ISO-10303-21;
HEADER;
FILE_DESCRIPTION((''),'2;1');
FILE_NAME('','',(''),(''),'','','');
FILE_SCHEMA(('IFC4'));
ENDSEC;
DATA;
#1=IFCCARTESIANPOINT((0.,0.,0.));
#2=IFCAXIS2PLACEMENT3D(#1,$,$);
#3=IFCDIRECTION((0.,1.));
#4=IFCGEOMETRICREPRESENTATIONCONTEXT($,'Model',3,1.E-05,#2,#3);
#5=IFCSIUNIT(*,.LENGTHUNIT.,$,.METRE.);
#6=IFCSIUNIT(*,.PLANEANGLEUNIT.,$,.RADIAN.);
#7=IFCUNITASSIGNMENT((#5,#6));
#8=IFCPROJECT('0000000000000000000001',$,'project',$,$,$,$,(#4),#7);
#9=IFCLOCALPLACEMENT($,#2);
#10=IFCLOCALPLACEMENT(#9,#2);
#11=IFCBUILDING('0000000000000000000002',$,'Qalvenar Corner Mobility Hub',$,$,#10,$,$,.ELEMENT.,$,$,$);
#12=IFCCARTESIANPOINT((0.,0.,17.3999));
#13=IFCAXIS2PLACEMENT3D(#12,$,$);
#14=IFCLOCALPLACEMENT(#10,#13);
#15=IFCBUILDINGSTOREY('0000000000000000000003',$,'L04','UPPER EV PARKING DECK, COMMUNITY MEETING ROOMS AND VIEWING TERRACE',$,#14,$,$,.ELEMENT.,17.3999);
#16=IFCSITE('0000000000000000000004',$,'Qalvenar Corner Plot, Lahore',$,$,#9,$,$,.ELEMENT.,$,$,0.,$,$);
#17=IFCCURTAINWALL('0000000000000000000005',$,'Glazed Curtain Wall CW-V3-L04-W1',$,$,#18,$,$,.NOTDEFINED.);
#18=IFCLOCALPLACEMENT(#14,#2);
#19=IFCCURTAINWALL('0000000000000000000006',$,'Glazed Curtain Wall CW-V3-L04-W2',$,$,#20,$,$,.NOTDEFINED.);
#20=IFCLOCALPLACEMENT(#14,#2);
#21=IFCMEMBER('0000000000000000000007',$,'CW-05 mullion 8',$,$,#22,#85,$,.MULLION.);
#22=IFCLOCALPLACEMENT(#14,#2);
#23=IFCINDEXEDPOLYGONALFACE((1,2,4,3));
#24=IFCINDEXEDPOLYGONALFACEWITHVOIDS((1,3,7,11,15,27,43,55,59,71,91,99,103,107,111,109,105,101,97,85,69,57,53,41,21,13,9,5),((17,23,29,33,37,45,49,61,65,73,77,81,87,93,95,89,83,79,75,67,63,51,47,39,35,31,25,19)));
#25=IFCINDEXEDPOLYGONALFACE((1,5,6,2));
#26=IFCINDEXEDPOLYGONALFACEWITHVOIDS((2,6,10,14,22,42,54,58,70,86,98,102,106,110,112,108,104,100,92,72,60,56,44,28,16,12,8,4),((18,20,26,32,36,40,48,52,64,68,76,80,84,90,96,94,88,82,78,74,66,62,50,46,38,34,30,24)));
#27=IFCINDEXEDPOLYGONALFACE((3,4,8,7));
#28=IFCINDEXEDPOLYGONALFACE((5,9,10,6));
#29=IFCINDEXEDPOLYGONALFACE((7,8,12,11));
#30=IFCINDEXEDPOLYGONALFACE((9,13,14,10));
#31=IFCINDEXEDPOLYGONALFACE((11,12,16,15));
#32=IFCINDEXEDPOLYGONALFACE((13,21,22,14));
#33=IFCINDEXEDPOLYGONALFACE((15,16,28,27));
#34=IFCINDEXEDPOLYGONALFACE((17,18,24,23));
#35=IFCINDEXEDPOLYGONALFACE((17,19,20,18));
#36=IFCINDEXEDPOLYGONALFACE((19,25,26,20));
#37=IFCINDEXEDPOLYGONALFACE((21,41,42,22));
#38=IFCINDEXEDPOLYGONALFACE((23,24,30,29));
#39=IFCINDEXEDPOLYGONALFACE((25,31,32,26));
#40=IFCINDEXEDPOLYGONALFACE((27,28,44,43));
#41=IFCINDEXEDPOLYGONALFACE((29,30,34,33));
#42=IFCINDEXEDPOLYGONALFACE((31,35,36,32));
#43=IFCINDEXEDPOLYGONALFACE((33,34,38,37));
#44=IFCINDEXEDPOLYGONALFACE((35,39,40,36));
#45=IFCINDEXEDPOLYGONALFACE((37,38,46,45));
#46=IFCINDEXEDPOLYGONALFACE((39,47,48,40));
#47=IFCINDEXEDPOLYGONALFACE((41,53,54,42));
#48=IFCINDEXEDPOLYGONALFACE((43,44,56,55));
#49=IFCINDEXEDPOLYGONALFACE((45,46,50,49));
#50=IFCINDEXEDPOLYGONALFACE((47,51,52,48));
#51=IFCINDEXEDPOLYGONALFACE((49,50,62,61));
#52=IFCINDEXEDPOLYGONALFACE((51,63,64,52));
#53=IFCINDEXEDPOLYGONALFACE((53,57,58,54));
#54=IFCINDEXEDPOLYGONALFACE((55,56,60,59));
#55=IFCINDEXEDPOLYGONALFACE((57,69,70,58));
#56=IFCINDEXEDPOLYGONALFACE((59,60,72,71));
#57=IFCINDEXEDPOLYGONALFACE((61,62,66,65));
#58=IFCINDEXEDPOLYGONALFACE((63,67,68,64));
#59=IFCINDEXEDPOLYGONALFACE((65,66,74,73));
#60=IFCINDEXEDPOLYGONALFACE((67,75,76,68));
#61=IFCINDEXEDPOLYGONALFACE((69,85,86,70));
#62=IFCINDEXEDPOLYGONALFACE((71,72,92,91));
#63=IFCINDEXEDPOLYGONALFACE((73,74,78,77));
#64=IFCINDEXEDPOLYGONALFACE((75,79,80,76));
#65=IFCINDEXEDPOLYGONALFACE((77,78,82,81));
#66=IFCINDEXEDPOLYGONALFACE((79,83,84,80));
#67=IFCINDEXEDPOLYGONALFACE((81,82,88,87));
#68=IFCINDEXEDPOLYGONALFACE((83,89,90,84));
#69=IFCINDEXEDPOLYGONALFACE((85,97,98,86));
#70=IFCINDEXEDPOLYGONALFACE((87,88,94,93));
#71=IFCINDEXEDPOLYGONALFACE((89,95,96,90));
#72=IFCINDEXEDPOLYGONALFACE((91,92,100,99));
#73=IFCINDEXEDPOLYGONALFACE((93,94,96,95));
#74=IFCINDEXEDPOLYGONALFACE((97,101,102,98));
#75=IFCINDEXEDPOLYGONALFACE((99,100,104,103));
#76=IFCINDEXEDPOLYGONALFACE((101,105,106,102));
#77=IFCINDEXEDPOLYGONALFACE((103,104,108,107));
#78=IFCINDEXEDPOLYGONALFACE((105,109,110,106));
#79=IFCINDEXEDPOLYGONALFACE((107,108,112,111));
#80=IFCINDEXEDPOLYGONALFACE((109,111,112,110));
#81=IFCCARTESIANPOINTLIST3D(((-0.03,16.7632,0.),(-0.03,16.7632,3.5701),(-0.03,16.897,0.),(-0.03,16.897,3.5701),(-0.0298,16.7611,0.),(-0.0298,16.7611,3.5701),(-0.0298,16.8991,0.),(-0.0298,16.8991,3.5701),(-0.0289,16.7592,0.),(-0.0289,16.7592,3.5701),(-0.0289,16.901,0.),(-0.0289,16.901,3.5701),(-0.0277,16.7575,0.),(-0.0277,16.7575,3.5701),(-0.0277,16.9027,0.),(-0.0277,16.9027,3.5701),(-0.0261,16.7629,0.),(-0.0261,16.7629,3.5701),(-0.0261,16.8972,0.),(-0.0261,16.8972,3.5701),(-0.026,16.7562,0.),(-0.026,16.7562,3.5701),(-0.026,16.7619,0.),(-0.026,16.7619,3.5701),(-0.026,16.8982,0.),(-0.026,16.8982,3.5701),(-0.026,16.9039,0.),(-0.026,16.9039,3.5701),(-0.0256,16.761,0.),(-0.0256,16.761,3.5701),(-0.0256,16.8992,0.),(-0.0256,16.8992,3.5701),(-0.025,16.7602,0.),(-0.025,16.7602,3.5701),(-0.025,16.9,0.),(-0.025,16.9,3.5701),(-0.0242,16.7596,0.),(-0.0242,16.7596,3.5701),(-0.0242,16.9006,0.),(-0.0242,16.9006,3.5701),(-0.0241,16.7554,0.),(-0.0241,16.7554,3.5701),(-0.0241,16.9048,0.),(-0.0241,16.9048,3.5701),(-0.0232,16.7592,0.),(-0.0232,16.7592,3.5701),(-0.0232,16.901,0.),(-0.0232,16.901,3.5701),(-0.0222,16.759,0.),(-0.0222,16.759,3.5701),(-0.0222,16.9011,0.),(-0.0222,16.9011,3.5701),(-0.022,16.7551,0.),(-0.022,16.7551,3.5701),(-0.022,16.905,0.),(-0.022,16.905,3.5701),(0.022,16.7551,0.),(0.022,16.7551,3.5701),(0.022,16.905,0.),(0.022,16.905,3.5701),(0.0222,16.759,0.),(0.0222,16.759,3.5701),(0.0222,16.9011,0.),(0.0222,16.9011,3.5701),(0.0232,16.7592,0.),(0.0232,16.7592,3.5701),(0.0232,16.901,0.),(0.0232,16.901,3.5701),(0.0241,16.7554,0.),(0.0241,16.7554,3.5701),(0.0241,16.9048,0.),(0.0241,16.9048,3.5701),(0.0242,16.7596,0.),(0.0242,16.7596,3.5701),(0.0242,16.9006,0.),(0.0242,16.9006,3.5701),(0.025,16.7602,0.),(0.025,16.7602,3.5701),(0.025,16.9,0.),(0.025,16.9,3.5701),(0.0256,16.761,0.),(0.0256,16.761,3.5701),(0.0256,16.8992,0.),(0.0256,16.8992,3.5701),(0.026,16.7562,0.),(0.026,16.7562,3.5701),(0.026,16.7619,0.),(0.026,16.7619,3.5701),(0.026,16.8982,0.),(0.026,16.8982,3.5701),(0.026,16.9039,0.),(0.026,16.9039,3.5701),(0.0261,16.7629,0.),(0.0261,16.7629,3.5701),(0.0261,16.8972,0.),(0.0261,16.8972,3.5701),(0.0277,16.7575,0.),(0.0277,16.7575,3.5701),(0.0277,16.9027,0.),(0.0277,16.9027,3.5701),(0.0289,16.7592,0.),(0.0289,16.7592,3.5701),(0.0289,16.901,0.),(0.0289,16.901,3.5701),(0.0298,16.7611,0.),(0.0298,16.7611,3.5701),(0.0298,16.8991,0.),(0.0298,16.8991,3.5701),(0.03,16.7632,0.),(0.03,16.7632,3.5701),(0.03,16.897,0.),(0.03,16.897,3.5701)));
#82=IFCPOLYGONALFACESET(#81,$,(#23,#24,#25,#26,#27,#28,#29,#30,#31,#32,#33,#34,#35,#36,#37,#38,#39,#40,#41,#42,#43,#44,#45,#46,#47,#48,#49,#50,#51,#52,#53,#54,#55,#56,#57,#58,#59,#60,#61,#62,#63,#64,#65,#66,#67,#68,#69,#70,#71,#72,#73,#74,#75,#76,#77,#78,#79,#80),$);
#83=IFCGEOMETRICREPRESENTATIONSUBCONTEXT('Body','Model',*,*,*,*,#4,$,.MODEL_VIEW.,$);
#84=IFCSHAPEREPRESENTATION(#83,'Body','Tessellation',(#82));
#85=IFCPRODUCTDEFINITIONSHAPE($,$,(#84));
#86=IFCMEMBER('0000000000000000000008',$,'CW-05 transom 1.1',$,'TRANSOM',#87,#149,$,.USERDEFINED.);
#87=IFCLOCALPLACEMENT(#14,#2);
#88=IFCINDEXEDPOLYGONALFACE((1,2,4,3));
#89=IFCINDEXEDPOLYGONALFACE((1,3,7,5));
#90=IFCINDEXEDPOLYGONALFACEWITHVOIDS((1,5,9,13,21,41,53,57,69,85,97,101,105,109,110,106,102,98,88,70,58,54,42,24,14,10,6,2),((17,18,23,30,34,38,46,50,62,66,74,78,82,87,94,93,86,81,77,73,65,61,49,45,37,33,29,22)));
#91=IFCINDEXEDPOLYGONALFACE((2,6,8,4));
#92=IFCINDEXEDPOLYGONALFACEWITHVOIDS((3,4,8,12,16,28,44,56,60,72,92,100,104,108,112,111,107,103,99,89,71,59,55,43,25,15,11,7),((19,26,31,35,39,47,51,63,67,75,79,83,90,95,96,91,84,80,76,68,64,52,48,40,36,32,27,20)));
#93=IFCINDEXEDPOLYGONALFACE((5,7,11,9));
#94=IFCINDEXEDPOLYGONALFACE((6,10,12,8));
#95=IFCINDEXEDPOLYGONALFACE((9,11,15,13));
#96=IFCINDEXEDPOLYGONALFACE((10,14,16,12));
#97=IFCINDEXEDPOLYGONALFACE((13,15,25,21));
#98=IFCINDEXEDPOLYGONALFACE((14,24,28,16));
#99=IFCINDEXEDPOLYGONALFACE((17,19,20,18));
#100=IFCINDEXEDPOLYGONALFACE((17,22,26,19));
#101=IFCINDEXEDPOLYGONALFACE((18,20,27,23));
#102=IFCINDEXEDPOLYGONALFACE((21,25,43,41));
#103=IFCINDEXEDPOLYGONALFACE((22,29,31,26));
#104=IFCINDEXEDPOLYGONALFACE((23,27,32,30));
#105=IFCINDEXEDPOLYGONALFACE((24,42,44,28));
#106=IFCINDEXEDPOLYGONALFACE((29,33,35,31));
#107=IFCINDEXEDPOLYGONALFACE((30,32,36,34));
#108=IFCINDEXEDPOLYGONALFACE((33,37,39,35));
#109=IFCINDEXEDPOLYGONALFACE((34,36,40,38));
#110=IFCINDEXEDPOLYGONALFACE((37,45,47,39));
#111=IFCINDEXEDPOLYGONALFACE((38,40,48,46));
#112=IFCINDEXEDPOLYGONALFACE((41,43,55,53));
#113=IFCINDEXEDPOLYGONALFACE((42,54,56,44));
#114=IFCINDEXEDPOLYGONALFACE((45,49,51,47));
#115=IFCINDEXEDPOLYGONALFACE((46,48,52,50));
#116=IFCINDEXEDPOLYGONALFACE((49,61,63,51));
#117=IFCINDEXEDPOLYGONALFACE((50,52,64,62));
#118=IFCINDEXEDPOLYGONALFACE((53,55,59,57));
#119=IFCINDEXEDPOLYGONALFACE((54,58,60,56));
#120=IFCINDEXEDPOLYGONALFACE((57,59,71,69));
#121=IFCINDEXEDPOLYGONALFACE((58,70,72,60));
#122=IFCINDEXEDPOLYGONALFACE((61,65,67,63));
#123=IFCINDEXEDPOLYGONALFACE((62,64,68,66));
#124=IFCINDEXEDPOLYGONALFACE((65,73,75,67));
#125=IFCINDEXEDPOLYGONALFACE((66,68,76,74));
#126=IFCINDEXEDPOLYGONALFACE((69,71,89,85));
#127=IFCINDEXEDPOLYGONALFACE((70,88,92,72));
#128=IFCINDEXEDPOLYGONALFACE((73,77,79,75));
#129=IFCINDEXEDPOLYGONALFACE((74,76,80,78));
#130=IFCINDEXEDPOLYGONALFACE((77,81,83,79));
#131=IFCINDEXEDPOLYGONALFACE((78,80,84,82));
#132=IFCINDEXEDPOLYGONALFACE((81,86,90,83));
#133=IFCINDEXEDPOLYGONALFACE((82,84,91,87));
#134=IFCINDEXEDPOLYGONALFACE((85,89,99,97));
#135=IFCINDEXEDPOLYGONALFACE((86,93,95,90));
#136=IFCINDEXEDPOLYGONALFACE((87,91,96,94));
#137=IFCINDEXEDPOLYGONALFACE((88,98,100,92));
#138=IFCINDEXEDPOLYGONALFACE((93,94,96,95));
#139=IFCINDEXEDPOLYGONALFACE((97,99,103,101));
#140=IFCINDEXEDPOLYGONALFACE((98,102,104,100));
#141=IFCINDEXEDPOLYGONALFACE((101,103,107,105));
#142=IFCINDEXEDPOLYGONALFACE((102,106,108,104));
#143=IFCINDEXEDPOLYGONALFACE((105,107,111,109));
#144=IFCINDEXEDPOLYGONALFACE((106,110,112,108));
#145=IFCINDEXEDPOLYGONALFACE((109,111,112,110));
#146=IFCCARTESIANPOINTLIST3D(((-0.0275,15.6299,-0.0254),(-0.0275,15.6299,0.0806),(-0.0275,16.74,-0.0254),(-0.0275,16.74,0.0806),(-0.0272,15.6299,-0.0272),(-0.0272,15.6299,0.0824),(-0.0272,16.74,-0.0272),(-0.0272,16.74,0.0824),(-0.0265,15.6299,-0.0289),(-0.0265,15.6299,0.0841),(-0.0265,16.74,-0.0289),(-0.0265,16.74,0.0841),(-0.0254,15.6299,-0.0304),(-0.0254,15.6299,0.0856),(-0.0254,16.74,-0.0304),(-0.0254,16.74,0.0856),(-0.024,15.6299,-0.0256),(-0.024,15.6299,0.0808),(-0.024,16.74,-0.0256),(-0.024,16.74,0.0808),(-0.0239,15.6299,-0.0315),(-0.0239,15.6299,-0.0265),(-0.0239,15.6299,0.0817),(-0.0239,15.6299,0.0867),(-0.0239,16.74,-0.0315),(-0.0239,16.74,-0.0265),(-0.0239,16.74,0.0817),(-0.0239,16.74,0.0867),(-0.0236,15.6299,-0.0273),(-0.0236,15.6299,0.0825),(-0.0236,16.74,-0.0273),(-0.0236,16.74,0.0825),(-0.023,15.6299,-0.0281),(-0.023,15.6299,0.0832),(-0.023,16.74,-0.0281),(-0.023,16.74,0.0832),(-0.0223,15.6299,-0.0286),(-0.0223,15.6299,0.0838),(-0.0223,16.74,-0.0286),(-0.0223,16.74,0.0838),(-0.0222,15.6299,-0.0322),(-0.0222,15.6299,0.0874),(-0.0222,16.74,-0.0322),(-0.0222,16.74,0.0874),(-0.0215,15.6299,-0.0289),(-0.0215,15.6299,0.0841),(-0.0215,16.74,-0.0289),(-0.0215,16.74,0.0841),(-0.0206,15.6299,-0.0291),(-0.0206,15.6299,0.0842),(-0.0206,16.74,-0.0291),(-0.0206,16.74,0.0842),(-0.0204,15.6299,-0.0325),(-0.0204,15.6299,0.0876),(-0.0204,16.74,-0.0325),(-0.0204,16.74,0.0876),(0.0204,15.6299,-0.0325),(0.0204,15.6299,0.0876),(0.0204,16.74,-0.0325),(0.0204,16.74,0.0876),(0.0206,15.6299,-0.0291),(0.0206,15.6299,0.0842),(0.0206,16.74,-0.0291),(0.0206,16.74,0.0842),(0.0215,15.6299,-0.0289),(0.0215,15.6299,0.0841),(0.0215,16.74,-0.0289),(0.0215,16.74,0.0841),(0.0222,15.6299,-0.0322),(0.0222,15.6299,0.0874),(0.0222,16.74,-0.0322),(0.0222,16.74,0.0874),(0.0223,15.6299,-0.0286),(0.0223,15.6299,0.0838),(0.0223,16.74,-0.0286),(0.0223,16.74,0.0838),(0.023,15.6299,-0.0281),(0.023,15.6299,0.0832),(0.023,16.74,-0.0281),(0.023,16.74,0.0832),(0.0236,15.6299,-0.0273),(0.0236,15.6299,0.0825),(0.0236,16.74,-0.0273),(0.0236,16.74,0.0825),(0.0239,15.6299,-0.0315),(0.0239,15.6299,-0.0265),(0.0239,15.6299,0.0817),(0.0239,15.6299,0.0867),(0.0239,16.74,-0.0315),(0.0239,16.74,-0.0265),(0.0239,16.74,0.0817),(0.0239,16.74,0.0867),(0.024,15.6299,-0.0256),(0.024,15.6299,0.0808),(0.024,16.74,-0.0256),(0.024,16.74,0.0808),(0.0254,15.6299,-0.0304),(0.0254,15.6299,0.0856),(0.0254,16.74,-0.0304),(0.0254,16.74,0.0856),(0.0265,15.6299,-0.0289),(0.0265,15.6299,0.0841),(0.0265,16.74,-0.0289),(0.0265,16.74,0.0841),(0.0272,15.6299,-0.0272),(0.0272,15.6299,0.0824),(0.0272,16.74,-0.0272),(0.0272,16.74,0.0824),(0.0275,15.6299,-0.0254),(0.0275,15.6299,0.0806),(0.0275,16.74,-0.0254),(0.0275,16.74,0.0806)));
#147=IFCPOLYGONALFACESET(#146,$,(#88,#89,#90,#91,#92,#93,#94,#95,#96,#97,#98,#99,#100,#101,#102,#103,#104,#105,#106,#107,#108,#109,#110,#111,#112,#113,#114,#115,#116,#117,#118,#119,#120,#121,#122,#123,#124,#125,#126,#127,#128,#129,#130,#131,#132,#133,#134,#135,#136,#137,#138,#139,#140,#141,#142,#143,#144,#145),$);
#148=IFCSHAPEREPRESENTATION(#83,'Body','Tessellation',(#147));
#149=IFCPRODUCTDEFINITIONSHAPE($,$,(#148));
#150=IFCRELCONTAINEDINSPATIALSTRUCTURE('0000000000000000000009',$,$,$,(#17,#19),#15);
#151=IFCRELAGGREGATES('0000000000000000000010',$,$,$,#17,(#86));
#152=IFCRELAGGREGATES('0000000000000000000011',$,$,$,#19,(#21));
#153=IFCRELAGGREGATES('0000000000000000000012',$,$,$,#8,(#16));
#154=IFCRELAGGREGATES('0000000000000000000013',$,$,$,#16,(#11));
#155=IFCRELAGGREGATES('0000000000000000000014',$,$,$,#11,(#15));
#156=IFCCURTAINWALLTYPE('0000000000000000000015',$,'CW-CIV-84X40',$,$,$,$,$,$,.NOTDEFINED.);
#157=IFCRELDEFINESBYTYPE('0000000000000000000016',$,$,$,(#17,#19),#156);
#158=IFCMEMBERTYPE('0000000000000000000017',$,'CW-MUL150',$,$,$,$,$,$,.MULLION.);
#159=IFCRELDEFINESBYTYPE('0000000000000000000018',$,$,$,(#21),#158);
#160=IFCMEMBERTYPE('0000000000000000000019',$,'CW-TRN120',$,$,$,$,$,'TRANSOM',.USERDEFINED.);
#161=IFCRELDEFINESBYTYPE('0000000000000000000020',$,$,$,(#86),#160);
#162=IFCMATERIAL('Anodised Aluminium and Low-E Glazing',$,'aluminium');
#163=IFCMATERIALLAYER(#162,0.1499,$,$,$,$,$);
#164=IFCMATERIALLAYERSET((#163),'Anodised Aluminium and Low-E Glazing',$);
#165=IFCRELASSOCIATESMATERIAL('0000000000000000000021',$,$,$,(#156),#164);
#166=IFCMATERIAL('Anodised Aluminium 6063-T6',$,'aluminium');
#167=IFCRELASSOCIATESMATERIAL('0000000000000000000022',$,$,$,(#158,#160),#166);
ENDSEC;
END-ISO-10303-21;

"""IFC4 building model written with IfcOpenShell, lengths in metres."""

from ifc_helpers import new_model, si_unit, direction, frame, origin, origin_2d, place, context, subcontext, project, spatial, hollow_rectangle, extrude, material, layer, layer_set, material_profile, profile_set, type_object, element, aggregate, save


model = new_model("IFC4")

# Units and contexts
model_context = context("Model", 3, precision=1e-05, world=origin(), true_north=direction((0.0, 1.0)))
body_context = subcontext(model_context, "Body", "Model", "MODEL_VIEW")
ifc_project = project(units=[si_unit("LENGTHUNIT", "METRE"), si_unit("PLANEANGLEUNIT", "RADIAN")], contexts=[model_context])

# Site, building, storey
site_placement = place(None, origin())
site = spatial("IfcSite", under=ifc_project, at=site_placement, Name="Qalvenar Corner Plot, Lahore", CompositionType="ELEMENT", RefElevation=0.0)
building_placement = place(site_placement, origin())
building = spatial("IfcBuilding", under=site, at=building_placement, Name="Qalvenar Corner Mobility Hub", CompositionType="ELEMENT")
storey_placement = place(building_placement, frame((0.0, 0.0, 17.3999)))
storey = spatial("IfcBuildingStorey", under=building, at=storey_placement, Name="L04", Description="UPPER EV PARKING DECK, COMMUNITY MEETING ROOMS AND VIEWING TERRACE", CompositionType="ELEMENT", Elevation=17.3999)

# Curtain wall
ifc_material_1 = material(Name="Anodised Aluminium and Low-E Glazing", Category="aluminium")
ifc_layer_1 = layer(ifc_material_1, 0.1499)
ifc_layer_set_1 = layer_set([ifc_layer_1], Name="Anodised Aluminium and Low-E Glazing")
curtain_wall_type = type_object("IfcCurtainWallType", Name="CW-CIV-84X40", PredefinedType="NOTDEFINED", material=ifc_layer_set_1)
curtain_wall_1_placement = place(storey_placement, origin())
curtain_wall_1 = element("IfcCurtainWall", 1, at=curtain_wall_1_placement, inside=storey, type_object=curtain_wall_type, Name="Glazed Curtain Wall CW-V3-L04-W1", PredefinedType="NOTDEFINED")
ifc_material_2 = material(Name="Anodised Aluminium 6063-T6", Category="aluminium")
ifc_material_profile_1 = material_profile(ifc_material_2, hollow_rectangle(XDim=0.0601, YDim=0.1499, WallThickness=0.0039, InnerFilletRadius=0.0039, OuterFilletRadius=0.0081, at=origin_2d()), Name="RHS150x60x4")
ifc_profile_set_1 = profile_set([ifc_material_profile_1], Name="Anodised Aluminium 6063-T6")
member_type_1 = type_object("IfcMemberType", Name="CW-MUL150", PredefinedType="MULLION", material=ifc_profile_set_1)

# Curtain wall, member
curtain_wall_2_placement = place(storey_placement, origin())
curtain_wall_2 = element("IfcCurtainWall", 2, at=curtain_wall_2_placement, inside=storey, type_object=curtain_wall_type, Name="Glazed Curtain Wall CW-V3-L04-W2", PredefinedType="NOTDEFINED")
member_1_placement = place(storey_placement, frame((0.0, 16.8301, 0.0), z_axis=(0.0, 0.0, 1.0), x_axis=(1.0, 0.0, 0.0)))
member_1 = element("IfcMember", 3, at=member_1_placement, type_object=member_type_1, Name="CW-05 mullion 8", PredefinedType="MULLION", context=body_context, shape_type="SweptSolid", body=[
    extrude(hollow_rectangle(XDim=0.0601, YDim=0.1499, WallThickness=0.0039, InnerFilletRadius=0.0039, OuterFilletRadius=0.0081, at=origin_2d()), origin(), (0.0, 0.0, 1.0), 3.5701),
])

# Member
ifc_material_profile_2 = material_profile(ifc_material_2, hollow_rectangle(XDim=0.0549, YDim=0.1201, WallThickness=0.0034, InnerFilletRadius=0.0034, OuterFilletRadius=0.0071, at=origin_2d()), Name="RHS120x55x3.5")
ifc_profile_set_2 = profile_set([ifc_material_profile_2], Name="Anodised Aluminium 6063-T6")
member_type_2 = type_object("IfcMemberType", Name="CW-TRN120", ElementType="TRANSOM", PredefinedType="USERDEFINED", material=ifc_profile_set_2)
member_2_placement = place(storey_placement, frame((0.0, 16.74, 0.0276), z_axis=(0.0, -1.0, 0.0), x_axis=(1.0, 0.0, 0.0)))
member_2 = element("IfcMember", 4, at=member_2_placement, type_object=member_type_2, Name="CW-05 transom 1.1", ObjectType="TRANSOM", PredefinedType="USERDEFINED", context=body_context, shape_type="SweptSolid", body=[
    extrude(hollow_rectangle(XDim=0.0549, YDim=0.1201, WallThickness=0.0034, InnerFilletRadius=0.0034, OuterFilletRadius=0.0071, at=origin_2d()), origin(), (0.0, 0.0, 1.0), 1.1101),
])

aggregate(curtain_wall_1, [member_2])
aggregate(curtain_wall_2, [member_1])

save(model, "model.ifc")
